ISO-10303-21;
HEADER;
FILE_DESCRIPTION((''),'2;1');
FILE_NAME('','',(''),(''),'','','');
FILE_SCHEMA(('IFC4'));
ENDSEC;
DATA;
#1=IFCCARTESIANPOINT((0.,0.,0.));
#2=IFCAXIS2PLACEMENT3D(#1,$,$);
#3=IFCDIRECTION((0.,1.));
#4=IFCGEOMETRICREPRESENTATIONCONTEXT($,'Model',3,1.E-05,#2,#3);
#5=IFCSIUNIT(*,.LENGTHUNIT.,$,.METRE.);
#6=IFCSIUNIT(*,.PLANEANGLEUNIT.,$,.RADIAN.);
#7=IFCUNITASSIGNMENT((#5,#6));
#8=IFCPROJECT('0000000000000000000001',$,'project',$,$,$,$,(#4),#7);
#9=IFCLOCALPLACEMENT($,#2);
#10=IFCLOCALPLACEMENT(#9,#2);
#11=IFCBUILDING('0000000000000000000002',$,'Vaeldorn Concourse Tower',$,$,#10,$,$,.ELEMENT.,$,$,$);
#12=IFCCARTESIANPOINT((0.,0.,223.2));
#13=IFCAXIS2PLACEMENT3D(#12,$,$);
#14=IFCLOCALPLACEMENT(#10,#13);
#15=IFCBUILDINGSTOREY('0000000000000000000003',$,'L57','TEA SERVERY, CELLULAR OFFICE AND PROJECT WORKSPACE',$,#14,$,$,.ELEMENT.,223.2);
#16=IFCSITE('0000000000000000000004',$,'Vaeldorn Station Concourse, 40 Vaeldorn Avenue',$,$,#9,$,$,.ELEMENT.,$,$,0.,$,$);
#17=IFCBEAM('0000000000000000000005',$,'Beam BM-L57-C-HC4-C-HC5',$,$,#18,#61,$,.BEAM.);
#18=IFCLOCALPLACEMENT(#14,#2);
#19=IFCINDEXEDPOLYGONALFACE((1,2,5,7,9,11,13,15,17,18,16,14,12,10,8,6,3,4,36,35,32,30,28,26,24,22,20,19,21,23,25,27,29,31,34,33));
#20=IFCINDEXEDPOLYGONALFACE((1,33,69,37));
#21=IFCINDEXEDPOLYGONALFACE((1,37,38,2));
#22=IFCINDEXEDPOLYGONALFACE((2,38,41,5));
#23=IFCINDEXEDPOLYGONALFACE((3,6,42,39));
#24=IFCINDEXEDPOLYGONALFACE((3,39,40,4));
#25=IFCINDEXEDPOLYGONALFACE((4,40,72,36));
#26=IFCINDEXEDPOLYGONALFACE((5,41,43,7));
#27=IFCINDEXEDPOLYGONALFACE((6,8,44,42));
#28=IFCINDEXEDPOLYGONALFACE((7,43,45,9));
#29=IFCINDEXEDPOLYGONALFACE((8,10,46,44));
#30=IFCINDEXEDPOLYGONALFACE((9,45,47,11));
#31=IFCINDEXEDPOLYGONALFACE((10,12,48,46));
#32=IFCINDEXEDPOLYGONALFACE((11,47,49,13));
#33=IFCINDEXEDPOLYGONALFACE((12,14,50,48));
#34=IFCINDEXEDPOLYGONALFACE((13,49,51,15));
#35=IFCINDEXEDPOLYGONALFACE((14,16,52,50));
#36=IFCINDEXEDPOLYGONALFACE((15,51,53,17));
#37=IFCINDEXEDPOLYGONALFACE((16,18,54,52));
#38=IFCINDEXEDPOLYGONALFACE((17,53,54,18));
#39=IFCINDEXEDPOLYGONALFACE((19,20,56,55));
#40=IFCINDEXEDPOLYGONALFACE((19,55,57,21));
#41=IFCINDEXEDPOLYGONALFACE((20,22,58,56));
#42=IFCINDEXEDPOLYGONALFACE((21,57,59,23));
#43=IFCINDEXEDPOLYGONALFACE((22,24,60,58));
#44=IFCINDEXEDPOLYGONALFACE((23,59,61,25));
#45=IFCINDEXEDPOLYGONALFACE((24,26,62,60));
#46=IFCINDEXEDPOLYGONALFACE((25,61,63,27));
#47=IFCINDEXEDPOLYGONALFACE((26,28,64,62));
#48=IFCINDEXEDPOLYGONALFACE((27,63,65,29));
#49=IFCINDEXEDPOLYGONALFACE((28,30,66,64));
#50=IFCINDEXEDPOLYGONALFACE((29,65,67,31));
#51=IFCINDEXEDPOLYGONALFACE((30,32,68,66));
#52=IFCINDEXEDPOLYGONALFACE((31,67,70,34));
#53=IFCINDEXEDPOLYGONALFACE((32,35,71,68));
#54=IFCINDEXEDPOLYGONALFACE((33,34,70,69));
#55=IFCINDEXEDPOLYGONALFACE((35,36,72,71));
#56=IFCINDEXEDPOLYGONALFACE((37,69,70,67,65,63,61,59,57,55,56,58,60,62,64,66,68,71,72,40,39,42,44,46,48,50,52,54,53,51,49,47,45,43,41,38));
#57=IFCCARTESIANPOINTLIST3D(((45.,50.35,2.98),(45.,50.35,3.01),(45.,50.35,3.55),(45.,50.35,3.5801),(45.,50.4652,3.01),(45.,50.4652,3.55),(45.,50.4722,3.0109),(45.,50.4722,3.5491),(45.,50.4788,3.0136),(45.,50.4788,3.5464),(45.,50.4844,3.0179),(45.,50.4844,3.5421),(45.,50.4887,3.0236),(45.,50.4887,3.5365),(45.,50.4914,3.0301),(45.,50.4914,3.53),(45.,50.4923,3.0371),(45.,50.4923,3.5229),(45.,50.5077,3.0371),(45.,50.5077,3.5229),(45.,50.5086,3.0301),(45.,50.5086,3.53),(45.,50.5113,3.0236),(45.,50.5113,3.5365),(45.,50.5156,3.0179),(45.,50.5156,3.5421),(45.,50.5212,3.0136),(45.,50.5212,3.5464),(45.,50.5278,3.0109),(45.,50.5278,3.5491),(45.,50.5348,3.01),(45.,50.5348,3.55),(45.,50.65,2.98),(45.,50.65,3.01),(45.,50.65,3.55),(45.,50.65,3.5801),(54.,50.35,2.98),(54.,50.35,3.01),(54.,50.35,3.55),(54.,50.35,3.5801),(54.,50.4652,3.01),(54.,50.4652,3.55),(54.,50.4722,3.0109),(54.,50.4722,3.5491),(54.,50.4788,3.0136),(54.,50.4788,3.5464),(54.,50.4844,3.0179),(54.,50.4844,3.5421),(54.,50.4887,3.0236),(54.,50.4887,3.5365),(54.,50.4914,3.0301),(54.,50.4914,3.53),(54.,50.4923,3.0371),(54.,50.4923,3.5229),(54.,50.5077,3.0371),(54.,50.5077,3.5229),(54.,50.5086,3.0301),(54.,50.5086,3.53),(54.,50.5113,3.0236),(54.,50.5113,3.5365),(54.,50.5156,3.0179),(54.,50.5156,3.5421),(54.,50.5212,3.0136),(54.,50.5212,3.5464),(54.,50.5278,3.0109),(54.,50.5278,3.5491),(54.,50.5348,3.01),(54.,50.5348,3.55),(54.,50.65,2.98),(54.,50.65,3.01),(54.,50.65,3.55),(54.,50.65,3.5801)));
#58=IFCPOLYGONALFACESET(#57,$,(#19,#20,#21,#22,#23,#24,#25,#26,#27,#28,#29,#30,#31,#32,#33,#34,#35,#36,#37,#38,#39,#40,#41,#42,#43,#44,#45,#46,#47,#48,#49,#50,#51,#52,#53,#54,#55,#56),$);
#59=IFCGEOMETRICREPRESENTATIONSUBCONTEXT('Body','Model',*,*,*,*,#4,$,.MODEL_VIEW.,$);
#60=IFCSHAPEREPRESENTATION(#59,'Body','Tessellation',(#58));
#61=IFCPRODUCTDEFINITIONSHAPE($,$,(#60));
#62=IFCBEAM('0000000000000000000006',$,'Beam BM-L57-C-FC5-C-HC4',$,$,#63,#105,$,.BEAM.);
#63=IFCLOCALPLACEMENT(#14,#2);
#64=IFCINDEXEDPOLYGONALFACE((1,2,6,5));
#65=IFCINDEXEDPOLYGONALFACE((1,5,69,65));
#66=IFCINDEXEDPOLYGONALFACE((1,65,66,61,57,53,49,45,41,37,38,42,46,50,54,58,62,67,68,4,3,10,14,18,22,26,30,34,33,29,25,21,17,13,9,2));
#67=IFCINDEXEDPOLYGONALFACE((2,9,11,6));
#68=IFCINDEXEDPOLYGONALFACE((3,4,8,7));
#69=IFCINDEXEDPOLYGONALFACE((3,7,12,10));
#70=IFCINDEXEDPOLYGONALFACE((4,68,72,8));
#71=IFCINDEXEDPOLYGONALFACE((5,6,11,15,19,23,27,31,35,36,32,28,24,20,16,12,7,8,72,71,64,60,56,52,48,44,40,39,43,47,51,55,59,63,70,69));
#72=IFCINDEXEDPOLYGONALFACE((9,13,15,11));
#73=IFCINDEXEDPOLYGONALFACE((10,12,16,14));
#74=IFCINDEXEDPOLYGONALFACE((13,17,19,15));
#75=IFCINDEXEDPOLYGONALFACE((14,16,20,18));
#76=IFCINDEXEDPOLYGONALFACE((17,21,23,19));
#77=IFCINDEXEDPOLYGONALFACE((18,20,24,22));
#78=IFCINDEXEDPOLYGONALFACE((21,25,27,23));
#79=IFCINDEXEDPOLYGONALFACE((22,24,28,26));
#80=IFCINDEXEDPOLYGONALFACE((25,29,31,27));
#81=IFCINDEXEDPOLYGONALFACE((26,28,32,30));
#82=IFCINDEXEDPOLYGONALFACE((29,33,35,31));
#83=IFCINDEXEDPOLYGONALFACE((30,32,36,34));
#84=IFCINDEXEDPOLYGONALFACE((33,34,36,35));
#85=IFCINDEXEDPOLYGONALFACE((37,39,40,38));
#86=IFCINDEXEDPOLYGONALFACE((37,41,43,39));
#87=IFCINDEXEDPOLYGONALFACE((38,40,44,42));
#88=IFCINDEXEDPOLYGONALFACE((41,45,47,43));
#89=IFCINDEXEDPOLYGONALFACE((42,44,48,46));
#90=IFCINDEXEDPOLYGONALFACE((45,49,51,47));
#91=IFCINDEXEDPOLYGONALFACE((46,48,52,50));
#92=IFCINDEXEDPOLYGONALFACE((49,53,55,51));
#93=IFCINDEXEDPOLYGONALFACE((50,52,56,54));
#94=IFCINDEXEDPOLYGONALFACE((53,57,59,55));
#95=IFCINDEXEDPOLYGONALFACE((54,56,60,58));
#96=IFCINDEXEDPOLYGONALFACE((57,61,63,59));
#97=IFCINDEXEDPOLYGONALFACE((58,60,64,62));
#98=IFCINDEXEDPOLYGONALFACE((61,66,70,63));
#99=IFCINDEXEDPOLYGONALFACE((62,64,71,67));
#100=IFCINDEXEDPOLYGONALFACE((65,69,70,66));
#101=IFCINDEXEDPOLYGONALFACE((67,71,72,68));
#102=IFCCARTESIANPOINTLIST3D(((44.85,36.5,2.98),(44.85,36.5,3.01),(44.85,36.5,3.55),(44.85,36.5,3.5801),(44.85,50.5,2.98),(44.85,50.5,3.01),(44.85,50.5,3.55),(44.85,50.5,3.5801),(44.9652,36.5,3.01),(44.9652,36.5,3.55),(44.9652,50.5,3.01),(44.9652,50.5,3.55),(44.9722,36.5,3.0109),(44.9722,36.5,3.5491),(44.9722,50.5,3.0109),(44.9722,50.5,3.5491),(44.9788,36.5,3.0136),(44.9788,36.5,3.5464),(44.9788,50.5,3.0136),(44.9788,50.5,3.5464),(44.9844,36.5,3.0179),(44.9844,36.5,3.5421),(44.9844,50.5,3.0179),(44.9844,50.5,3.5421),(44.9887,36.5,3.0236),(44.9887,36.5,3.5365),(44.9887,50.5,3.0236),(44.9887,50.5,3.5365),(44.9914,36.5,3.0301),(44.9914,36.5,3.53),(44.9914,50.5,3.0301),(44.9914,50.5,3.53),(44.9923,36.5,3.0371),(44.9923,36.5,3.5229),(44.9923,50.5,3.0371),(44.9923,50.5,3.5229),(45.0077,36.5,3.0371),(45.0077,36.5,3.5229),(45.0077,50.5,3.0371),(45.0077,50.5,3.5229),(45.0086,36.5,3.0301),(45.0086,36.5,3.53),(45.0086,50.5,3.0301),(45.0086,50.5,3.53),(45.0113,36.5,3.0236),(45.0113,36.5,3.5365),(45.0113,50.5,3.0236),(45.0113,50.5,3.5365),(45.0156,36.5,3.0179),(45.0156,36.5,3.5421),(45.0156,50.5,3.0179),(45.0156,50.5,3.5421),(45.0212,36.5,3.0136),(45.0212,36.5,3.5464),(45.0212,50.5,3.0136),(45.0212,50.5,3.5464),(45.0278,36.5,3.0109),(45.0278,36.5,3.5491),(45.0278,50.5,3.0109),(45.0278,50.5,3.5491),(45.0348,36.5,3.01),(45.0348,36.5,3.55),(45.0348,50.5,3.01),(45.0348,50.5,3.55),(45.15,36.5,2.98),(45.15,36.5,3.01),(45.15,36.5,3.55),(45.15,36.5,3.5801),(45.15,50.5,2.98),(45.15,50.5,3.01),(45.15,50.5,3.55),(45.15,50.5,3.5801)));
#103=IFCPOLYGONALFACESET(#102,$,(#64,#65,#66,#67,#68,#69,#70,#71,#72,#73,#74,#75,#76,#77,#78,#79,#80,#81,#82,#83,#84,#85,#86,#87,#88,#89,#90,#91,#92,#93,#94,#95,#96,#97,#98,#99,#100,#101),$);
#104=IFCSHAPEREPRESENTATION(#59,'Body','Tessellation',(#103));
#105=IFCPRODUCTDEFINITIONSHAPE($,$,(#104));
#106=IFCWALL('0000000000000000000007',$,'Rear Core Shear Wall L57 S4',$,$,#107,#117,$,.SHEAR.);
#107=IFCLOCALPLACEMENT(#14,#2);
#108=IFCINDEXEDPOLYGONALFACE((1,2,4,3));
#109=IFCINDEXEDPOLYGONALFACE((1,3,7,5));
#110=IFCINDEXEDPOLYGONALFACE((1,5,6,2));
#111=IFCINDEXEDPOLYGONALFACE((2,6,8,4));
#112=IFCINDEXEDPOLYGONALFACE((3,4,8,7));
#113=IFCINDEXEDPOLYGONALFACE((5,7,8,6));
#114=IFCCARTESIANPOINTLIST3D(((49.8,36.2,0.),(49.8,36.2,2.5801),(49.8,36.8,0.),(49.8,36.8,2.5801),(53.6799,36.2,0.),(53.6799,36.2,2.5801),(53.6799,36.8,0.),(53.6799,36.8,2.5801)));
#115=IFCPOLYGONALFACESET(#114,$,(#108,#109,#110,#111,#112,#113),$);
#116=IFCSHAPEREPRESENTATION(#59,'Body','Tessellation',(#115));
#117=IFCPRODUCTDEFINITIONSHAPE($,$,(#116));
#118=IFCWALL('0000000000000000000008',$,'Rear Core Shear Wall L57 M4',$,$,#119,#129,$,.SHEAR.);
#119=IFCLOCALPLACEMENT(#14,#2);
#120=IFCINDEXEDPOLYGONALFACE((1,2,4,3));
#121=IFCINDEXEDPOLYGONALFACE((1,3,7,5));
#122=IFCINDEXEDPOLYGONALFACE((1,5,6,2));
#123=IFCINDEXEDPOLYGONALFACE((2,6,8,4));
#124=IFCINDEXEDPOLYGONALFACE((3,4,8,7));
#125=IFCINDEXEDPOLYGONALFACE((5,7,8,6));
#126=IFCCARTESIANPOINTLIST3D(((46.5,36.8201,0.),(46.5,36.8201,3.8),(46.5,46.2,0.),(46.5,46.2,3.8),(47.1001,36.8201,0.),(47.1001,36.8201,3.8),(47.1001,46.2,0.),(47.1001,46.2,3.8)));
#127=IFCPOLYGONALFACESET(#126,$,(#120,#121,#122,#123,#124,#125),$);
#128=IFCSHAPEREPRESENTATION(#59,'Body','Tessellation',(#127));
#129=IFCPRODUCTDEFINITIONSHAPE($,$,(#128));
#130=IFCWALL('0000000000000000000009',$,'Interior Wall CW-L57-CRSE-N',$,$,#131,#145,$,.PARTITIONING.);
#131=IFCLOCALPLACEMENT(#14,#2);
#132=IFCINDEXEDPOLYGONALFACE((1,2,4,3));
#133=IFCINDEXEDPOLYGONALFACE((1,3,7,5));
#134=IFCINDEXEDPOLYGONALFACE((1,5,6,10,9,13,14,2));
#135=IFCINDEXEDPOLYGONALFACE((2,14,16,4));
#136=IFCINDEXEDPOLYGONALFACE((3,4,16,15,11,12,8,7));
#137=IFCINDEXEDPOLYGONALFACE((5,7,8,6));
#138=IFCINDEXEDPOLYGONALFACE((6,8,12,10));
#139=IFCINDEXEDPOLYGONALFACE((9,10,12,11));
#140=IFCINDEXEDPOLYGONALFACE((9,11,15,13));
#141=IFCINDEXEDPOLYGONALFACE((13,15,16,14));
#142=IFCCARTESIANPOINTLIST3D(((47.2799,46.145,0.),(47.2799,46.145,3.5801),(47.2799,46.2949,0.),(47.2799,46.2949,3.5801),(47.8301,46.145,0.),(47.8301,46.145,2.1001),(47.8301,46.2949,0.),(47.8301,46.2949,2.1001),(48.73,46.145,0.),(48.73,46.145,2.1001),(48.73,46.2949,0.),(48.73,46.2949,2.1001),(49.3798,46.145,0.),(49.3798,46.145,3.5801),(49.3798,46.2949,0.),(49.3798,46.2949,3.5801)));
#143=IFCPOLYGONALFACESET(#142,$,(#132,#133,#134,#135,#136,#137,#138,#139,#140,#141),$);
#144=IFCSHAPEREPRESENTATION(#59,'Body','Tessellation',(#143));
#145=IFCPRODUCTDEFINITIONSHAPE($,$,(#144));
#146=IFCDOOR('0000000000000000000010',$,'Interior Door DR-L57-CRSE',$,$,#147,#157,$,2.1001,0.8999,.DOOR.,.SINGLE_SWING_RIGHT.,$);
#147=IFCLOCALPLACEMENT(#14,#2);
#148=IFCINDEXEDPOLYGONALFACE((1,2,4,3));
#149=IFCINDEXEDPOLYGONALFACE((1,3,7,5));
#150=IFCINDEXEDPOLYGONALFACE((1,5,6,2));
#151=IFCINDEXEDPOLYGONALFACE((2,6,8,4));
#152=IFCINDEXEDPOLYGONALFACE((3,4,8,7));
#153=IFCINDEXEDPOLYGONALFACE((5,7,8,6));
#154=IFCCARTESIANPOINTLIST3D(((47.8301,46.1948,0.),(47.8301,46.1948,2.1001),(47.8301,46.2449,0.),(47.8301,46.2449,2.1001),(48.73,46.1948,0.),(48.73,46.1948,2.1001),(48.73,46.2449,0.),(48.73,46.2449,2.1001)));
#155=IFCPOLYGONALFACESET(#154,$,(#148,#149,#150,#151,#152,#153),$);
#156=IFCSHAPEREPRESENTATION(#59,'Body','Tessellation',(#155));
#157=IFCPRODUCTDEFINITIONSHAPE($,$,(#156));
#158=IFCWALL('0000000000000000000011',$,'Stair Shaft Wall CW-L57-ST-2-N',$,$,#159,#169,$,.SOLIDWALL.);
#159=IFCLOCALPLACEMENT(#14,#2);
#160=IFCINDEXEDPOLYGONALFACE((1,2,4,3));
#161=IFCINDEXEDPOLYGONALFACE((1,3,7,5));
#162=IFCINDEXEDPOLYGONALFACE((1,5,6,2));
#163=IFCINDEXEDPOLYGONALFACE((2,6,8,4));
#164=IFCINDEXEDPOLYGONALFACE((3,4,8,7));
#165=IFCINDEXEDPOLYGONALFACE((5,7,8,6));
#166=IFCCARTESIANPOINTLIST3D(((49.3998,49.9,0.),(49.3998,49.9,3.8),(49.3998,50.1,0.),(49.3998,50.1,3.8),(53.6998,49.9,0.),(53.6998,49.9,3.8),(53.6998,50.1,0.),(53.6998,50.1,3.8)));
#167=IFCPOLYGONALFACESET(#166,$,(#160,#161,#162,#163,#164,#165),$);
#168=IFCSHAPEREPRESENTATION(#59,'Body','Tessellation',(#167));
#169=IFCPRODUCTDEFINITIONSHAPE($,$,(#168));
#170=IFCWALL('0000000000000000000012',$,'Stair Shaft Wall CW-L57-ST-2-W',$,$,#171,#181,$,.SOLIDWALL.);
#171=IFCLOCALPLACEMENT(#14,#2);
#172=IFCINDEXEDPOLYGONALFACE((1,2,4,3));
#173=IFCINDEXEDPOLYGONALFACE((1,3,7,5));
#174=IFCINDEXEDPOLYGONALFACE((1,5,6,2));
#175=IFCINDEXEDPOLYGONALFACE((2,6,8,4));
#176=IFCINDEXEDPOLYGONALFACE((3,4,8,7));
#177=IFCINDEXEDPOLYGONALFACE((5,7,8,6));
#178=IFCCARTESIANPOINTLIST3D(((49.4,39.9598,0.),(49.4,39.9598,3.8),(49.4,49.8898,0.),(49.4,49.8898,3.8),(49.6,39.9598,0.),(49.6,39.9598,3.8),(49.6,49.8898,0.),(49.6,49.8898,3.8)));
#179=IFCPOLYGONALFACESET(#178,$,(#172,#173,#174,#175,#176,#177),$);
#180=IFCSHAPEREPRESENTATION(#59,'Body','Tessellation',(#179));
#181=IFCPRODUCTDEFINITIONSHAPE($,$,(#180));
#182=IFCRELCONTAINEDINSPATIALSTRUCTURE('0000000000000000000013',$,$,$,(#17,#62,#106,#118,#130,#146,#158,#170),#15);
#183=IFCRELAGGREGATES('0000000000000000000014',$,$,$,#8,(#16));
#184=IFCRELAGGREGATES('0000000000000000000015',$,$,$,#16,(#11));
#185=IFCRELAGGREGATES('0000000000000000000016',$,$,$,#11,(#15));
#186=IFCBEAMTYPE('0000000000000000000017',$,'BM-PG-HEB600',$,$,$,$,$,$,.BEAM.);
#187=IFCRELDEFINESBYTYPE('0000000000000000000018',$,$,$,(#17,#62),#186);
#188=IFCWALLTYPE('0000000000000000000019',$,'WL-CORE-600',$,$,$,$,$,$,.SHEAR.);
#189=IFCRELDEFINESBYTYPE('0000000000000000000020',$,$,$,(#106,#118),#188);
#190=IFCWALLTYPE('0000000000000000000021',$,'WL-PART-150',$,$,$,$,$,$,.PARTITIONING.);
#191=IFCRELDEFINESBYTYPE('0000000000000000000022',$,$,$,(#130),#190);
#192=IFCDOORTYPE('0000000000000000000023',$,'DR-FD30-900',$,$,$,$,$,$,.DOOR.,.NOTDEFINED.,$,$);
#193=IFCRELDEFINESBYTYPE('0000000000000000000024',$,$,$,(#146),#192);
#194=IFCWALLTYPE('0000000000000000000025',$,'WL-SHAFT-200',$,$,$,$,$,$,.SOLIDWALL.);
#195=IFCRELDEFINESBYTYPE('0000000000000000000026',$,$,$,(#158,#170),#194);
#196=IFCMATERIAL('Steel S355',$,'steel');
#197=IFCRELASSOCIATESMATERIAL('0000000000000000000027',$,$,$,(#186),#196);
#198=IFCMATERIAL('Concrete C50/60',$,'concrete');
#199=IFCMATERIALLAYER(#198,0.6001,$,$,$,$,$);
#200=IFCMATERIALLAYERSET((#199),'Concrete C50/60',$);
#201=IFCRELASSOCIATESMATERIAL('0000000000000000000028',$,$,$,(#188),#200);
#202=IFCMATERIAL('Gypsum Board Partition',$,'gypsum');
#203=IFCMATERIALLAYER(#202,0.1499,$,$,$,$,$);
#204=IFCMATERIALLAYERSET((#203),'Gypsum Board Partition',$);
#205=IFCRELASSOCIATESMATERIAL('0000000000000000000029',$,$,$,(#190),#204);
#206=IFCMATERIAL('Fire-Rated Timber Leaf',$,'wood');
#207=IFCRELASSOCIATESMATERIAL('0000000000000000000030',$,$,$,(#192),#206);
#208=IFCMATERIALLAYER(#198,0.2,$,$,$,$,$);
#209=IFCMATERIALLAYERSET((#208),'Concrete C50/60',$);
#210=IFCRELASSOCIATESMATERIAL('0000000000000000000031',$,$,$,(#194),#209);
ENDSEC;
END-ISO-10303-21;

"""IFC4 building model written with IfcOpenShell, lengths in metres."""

from ifc_helpers import new_model, si_unit, direction, frame, frame_2d, origin, origin_2d, place, context, subcontext, project, spatial, rectangle, i_section, extrude, source, transform, mapped, material, layer, layer_set, material_profile, profile_set, type_object, element, fill, save


model = new_model("IFC4")

# Units and contexts
model_context = context("Model", 3, precision=1e-05, world=origin(), true_north=direction((0.0, 1.0)))
body_context = subcontext(model_context, "Body", "Model", "MODEL_VIEW")
ifc_project = project(units=[si_unit("LENGTHUNIT", "METRE"), si_unit("PLANEANGLEUNIT", "RADIAN")], contexts=[model_context])

# Site, building, storey
site_placement = place(None, origin())
site = spatial("IfcSite", under=ifc_project, at=site_placement, Name="Vaeldorn Station Concourse, 40 Vaeldorn Avenue", CompositionType="ELEMENT", RefElevation=0.0)
building_placement = place(site_placement, origin())
building = spatial("IfcBuilding", under=site, at=building_placement, Name="Vaeldorn Concourse Tower", CompositionType="ELEMENT")
storey_placement = place(building_placement, frame((0.0, 0.0, 223.2)))
storey = spatial("IfcBuildingStorey", under=building, at=storey_placement, Name="L57", Description="TEA SERVERY, CELLULAR OFFICE AND PROJECT WORKSPACE", CompositionType="ELEMENT", Elevation=223.2)

# Beams
ifc_material_1 = material(Name="Concrete C50/60", Category="concrete")
ifc_material_2 = material(Name="Steel S355", Category="steel")
ifc_material_profile_1 = material_profile(ifc_material_2, i_section(OverallWidth=0.3, OverallDepth=0.6001, WebThickness=0.0154, FlangeThickness=0.03, FilletRadius=0.0271, at=origin_2d()), Name="HEB 600")
ifc_profile_set_1 = profile_set([ifc_material_profile_1], Name="Steel S355")
beam_type_1 = type_object("IfcBeamType", Name="BM-PG-HEB600", PredefinedType="BEAM", material=ifc_profile_set_1)
shared_shape_1 = source(origin(), body_context, "Body", "SweptSolid", [
    extrude(i_section(OverallWidth=0.3, OverallDepth=0.6001, WebThickness=0.0154, FlangeThickness=0.03, FilletRadius=0.0271, at=origin_2d()), origin(), (0.0, 0.0, 1.0), 9.0),
])
beam_1_placement = place(storey_placement, frame((45.0, 50.5, 3.28), z_axis=(1.0, 0.0, 0.0), x_axis=(0.0, 1.0, 0.0)))
element("IfcBeam", 1, at=beam_1_placement, inside=storey, type_object=beam_type_1, Name="Beam BM-L57-C-HC4-C-HC5", PredefinedType="BEAM", context=body_context, shape_type="MappedRepresentation", body=[
    mapped(shared_shape_1, transform((0.0, 0.0, 0.0), scale=1.0)),
])
shared_shape_2 = source(origin(), body_context, "Body", "SweptSolid", [
    extrude(i_section(OverallWidth=0.3, OverallDepth=0.6001, WebThickness=0.0154, FlangeThickness=0.03, FilletRadius=0.0271, at=origin_2d()), origin(), (0.0, 0.0, 1.0), 14.0),
])
beam_2_placement = place(storey_placement, frame((45.0, 36.5, 3.28), z_axis=(0.0, 1.0, 0.0), x_axis=(-1.0, 0.0, 0.0)))
element("IfcBeam", 2, at=beam_2_placement, inside=storey, type_object=beam_type_1, Name="Beam BM-L57-C-FC5-C-HC4", PredefinedType="BEAM", context=body_context, shape_type="MappedRepresentation", body=[
    mapped(shared_shape_2, transform((0.0, 0.0, 0.0), scale=1.0)),
])

# Walls
ifc_layer_1 = layer(ifc_material_1, 0.6001)
ifc_layer_set_1 = layer_set([ifc_layer_1], Name="Concrete C50/60")
wall_type_1 = type_object("IfcWallType", Name="WL-CORE-600", PredefinedType="SHEAR", material=ifc_layer_set_1)
wall_1_placement = place(storey_placement, frame((49.8, 36.5, 0.0), z_axis=(0.0, 0.0, 1.0), x_axis=(1.0, 0.0, 0.0)))
element("IfcWall", 3, at=wall_1_placement, inside=storey, type_object=wall_type_1, Name="Rear Core Shear Wall L57 S4", PredefinedType="SHEAR", context=body_context, shape_type="SweptSolid", body=[
    extrude(rectangle(XDim=3.8799, YDim=0.6001, at=frame_2d((1.9399, 0.0))), origin(), (0.0, 0.0, 1.0), 2.5801),
])
wall_2_placement = place(storey_placement, frame((46.8, 36.8201, 0.0), z_axis=(0.0, 0.0, 1.0), x_axis=(0.0, 1.0, 0.0)))
element("IfcWall", 4, at=wall_2_placement, inside=storey, type_object=wall_type_1, Name="Rear Core Shear Wall L57 M4", PredefinedType="SHEAR", context=body_context, shape_type="SweptSolid", body=[
    extrude(rectangle(XDim=9.3799, YDim=0.6001, at=frame_2d((4.6899, 0.0))), origin(), (0.0, 0.0, 1.0), 3.8),
])

# Wall, opening, door
ifc_material_3 = material(Name="Gypsum Board Partition", Category="gypsum")
ifc_layer_2 = layer(ifc_material_3, 0.1499)
ifc_layer_set_2 = layer_set([ifc_layer_2], Name="Gypsum Board Partition")
wall_type_2 = type_object("IfcWallType", Name="WL-PART-150", PredefinedType="PARTITIONING", material=ifc_layer_set_2)
wall_3_placement = place(storey_placement, frame((47.28, 46.22, 0.0), z_axis=(0.0, 0.0, 1.0), x_axis=(1.0, 0.0, 0.0)))
wall_3 = element("IfcWall", 5, at=wall_3_placement, inside=storey, type_object=wall_type_2, Name="Interior Wall CW-L57-CRSE-N", PredefinedType="PARTITIONING", context=body_context, shape_type="SweptSolid", body=[
    extrude(rectangle(XDim=2.0999, YDim=0.1499, at=frame_2d((1.0498, 0.0))), origin(), (0.0, 0.0, 1.0), 3.5801),
])
opening_1_placement = place(wall_3_placement, frame((0.55, 0.0, 0.0)))
opening_1 = element("IfcOpeningElement", 6, at=opening_1_placement, cuts=wall_3, PredefinedType="OPENING", context=body_context, shape_type="SweptSolid", body=[
    extrude(rectangle(XDim=0.8999, YDim=2.1001, at=frame_2d((0.45, 1.05))), frame((0.0, 0.085, 0.0), z_axis=(0.0, -1.0, 0.0), x_axis=(1.0, 0.0, 0.0)), (0.0, 0.0, 1.0), 0.1699),
])
ifc_material_4 = material(Name="Fire-Rated Timber Leaf", Category="wood")
door_type_1 = type_object("IfcDoorType", Name="DR-FD30-900", OperationType="NOTDEFINED", PredefinedType="DOOR", material=ifc_material_4)
shared_shape_3 = source(origin(), body_context, "Body", "SweptSolid", [
    extrude(rectangle(XDim=0.8999, YDim=2.1001, at=frame_2d((0.45, 1.05))), frame((0.0, 0.0249, 0.0), z_axis=(0.0, -1.0, 0.0), x_axis=(1.0, 0.0, 0.0)), (0.0, 0.0, 1.0), 0.05),
])
door_1_placement = place(opening_1_placement, origin())
door_1 = element("IfcDoor", 7, at=door_1_placement, inside=storey, type_object=door_type_1, Name="Interior Door DR-L57-CRSE", OperationType="SINGLE_SWING_RIGHT", OverallHeight=2.1001, OverallWidth=0.8999, PredefinedType="DOOR", context=body_context, shape_type="MappedRepresentation", body=[
    mapped(shared_shape_3, transform((0.0, 0.0, 0.0), scale=1.0)),
])
fill(opening_1, door_1)
ifc_layer_3 = layer(ifc_material_1, 0.2)
ifc_layer_set_3 = layer_set([ifc_layer_3], Name="Concrete C50/60")
wall_type_3 = type_object("IfcWallType", Name="WL-SHAFT-200", PredefinedType="SOLIDWALL", material=ifc_layer_set_3)

# Walls
wall_4_placement = place(storey_placement, frame((49.3999, 50.0, 0.0), z_axis=(0.0, 0.0, 1.0), x_axis=(1.0, 0.0, 0.0)))
element("IfcWall", 8, at=wall_4_placement, inside=storey, type_object=wall_type_3, Name="Stair Shaft Wall CW-L57-ST-2-N", PredefinedType="SOLIDWALL", context=body_context, shape_type="SweptSolid", body=[
    extrude(rectangle(XDim=4.3, YDim=0.2, at=frame_2d((2.1499, 0.0))), origin(), (0.0, 0.0, 1.0), 3.8),
])
wall_5_placement = place(storey_placement, frame((49.5, 39.96, 0.0), z_axis=(0.0, 0.0, 1.0), x_axis=(0.0, 1.0, 0.0)))
element("IfcWall", 9, at=wall_5_placement, inside=storey, type_object=wall_type_3, Name="Stair Shaft Wall CW-L57-ST-2-W", PredefinedType="SOLIDWALL", context=body_context, shape_type="SweptSolid", body=[
    extrude(rectangle(XDim=9.9299, YDim=0.2, at=frame_2d((4.9648, 0.0))), origin(), (0.0, 0.0, 1.0), 3.8),
])

save(model, "model.ifc")
